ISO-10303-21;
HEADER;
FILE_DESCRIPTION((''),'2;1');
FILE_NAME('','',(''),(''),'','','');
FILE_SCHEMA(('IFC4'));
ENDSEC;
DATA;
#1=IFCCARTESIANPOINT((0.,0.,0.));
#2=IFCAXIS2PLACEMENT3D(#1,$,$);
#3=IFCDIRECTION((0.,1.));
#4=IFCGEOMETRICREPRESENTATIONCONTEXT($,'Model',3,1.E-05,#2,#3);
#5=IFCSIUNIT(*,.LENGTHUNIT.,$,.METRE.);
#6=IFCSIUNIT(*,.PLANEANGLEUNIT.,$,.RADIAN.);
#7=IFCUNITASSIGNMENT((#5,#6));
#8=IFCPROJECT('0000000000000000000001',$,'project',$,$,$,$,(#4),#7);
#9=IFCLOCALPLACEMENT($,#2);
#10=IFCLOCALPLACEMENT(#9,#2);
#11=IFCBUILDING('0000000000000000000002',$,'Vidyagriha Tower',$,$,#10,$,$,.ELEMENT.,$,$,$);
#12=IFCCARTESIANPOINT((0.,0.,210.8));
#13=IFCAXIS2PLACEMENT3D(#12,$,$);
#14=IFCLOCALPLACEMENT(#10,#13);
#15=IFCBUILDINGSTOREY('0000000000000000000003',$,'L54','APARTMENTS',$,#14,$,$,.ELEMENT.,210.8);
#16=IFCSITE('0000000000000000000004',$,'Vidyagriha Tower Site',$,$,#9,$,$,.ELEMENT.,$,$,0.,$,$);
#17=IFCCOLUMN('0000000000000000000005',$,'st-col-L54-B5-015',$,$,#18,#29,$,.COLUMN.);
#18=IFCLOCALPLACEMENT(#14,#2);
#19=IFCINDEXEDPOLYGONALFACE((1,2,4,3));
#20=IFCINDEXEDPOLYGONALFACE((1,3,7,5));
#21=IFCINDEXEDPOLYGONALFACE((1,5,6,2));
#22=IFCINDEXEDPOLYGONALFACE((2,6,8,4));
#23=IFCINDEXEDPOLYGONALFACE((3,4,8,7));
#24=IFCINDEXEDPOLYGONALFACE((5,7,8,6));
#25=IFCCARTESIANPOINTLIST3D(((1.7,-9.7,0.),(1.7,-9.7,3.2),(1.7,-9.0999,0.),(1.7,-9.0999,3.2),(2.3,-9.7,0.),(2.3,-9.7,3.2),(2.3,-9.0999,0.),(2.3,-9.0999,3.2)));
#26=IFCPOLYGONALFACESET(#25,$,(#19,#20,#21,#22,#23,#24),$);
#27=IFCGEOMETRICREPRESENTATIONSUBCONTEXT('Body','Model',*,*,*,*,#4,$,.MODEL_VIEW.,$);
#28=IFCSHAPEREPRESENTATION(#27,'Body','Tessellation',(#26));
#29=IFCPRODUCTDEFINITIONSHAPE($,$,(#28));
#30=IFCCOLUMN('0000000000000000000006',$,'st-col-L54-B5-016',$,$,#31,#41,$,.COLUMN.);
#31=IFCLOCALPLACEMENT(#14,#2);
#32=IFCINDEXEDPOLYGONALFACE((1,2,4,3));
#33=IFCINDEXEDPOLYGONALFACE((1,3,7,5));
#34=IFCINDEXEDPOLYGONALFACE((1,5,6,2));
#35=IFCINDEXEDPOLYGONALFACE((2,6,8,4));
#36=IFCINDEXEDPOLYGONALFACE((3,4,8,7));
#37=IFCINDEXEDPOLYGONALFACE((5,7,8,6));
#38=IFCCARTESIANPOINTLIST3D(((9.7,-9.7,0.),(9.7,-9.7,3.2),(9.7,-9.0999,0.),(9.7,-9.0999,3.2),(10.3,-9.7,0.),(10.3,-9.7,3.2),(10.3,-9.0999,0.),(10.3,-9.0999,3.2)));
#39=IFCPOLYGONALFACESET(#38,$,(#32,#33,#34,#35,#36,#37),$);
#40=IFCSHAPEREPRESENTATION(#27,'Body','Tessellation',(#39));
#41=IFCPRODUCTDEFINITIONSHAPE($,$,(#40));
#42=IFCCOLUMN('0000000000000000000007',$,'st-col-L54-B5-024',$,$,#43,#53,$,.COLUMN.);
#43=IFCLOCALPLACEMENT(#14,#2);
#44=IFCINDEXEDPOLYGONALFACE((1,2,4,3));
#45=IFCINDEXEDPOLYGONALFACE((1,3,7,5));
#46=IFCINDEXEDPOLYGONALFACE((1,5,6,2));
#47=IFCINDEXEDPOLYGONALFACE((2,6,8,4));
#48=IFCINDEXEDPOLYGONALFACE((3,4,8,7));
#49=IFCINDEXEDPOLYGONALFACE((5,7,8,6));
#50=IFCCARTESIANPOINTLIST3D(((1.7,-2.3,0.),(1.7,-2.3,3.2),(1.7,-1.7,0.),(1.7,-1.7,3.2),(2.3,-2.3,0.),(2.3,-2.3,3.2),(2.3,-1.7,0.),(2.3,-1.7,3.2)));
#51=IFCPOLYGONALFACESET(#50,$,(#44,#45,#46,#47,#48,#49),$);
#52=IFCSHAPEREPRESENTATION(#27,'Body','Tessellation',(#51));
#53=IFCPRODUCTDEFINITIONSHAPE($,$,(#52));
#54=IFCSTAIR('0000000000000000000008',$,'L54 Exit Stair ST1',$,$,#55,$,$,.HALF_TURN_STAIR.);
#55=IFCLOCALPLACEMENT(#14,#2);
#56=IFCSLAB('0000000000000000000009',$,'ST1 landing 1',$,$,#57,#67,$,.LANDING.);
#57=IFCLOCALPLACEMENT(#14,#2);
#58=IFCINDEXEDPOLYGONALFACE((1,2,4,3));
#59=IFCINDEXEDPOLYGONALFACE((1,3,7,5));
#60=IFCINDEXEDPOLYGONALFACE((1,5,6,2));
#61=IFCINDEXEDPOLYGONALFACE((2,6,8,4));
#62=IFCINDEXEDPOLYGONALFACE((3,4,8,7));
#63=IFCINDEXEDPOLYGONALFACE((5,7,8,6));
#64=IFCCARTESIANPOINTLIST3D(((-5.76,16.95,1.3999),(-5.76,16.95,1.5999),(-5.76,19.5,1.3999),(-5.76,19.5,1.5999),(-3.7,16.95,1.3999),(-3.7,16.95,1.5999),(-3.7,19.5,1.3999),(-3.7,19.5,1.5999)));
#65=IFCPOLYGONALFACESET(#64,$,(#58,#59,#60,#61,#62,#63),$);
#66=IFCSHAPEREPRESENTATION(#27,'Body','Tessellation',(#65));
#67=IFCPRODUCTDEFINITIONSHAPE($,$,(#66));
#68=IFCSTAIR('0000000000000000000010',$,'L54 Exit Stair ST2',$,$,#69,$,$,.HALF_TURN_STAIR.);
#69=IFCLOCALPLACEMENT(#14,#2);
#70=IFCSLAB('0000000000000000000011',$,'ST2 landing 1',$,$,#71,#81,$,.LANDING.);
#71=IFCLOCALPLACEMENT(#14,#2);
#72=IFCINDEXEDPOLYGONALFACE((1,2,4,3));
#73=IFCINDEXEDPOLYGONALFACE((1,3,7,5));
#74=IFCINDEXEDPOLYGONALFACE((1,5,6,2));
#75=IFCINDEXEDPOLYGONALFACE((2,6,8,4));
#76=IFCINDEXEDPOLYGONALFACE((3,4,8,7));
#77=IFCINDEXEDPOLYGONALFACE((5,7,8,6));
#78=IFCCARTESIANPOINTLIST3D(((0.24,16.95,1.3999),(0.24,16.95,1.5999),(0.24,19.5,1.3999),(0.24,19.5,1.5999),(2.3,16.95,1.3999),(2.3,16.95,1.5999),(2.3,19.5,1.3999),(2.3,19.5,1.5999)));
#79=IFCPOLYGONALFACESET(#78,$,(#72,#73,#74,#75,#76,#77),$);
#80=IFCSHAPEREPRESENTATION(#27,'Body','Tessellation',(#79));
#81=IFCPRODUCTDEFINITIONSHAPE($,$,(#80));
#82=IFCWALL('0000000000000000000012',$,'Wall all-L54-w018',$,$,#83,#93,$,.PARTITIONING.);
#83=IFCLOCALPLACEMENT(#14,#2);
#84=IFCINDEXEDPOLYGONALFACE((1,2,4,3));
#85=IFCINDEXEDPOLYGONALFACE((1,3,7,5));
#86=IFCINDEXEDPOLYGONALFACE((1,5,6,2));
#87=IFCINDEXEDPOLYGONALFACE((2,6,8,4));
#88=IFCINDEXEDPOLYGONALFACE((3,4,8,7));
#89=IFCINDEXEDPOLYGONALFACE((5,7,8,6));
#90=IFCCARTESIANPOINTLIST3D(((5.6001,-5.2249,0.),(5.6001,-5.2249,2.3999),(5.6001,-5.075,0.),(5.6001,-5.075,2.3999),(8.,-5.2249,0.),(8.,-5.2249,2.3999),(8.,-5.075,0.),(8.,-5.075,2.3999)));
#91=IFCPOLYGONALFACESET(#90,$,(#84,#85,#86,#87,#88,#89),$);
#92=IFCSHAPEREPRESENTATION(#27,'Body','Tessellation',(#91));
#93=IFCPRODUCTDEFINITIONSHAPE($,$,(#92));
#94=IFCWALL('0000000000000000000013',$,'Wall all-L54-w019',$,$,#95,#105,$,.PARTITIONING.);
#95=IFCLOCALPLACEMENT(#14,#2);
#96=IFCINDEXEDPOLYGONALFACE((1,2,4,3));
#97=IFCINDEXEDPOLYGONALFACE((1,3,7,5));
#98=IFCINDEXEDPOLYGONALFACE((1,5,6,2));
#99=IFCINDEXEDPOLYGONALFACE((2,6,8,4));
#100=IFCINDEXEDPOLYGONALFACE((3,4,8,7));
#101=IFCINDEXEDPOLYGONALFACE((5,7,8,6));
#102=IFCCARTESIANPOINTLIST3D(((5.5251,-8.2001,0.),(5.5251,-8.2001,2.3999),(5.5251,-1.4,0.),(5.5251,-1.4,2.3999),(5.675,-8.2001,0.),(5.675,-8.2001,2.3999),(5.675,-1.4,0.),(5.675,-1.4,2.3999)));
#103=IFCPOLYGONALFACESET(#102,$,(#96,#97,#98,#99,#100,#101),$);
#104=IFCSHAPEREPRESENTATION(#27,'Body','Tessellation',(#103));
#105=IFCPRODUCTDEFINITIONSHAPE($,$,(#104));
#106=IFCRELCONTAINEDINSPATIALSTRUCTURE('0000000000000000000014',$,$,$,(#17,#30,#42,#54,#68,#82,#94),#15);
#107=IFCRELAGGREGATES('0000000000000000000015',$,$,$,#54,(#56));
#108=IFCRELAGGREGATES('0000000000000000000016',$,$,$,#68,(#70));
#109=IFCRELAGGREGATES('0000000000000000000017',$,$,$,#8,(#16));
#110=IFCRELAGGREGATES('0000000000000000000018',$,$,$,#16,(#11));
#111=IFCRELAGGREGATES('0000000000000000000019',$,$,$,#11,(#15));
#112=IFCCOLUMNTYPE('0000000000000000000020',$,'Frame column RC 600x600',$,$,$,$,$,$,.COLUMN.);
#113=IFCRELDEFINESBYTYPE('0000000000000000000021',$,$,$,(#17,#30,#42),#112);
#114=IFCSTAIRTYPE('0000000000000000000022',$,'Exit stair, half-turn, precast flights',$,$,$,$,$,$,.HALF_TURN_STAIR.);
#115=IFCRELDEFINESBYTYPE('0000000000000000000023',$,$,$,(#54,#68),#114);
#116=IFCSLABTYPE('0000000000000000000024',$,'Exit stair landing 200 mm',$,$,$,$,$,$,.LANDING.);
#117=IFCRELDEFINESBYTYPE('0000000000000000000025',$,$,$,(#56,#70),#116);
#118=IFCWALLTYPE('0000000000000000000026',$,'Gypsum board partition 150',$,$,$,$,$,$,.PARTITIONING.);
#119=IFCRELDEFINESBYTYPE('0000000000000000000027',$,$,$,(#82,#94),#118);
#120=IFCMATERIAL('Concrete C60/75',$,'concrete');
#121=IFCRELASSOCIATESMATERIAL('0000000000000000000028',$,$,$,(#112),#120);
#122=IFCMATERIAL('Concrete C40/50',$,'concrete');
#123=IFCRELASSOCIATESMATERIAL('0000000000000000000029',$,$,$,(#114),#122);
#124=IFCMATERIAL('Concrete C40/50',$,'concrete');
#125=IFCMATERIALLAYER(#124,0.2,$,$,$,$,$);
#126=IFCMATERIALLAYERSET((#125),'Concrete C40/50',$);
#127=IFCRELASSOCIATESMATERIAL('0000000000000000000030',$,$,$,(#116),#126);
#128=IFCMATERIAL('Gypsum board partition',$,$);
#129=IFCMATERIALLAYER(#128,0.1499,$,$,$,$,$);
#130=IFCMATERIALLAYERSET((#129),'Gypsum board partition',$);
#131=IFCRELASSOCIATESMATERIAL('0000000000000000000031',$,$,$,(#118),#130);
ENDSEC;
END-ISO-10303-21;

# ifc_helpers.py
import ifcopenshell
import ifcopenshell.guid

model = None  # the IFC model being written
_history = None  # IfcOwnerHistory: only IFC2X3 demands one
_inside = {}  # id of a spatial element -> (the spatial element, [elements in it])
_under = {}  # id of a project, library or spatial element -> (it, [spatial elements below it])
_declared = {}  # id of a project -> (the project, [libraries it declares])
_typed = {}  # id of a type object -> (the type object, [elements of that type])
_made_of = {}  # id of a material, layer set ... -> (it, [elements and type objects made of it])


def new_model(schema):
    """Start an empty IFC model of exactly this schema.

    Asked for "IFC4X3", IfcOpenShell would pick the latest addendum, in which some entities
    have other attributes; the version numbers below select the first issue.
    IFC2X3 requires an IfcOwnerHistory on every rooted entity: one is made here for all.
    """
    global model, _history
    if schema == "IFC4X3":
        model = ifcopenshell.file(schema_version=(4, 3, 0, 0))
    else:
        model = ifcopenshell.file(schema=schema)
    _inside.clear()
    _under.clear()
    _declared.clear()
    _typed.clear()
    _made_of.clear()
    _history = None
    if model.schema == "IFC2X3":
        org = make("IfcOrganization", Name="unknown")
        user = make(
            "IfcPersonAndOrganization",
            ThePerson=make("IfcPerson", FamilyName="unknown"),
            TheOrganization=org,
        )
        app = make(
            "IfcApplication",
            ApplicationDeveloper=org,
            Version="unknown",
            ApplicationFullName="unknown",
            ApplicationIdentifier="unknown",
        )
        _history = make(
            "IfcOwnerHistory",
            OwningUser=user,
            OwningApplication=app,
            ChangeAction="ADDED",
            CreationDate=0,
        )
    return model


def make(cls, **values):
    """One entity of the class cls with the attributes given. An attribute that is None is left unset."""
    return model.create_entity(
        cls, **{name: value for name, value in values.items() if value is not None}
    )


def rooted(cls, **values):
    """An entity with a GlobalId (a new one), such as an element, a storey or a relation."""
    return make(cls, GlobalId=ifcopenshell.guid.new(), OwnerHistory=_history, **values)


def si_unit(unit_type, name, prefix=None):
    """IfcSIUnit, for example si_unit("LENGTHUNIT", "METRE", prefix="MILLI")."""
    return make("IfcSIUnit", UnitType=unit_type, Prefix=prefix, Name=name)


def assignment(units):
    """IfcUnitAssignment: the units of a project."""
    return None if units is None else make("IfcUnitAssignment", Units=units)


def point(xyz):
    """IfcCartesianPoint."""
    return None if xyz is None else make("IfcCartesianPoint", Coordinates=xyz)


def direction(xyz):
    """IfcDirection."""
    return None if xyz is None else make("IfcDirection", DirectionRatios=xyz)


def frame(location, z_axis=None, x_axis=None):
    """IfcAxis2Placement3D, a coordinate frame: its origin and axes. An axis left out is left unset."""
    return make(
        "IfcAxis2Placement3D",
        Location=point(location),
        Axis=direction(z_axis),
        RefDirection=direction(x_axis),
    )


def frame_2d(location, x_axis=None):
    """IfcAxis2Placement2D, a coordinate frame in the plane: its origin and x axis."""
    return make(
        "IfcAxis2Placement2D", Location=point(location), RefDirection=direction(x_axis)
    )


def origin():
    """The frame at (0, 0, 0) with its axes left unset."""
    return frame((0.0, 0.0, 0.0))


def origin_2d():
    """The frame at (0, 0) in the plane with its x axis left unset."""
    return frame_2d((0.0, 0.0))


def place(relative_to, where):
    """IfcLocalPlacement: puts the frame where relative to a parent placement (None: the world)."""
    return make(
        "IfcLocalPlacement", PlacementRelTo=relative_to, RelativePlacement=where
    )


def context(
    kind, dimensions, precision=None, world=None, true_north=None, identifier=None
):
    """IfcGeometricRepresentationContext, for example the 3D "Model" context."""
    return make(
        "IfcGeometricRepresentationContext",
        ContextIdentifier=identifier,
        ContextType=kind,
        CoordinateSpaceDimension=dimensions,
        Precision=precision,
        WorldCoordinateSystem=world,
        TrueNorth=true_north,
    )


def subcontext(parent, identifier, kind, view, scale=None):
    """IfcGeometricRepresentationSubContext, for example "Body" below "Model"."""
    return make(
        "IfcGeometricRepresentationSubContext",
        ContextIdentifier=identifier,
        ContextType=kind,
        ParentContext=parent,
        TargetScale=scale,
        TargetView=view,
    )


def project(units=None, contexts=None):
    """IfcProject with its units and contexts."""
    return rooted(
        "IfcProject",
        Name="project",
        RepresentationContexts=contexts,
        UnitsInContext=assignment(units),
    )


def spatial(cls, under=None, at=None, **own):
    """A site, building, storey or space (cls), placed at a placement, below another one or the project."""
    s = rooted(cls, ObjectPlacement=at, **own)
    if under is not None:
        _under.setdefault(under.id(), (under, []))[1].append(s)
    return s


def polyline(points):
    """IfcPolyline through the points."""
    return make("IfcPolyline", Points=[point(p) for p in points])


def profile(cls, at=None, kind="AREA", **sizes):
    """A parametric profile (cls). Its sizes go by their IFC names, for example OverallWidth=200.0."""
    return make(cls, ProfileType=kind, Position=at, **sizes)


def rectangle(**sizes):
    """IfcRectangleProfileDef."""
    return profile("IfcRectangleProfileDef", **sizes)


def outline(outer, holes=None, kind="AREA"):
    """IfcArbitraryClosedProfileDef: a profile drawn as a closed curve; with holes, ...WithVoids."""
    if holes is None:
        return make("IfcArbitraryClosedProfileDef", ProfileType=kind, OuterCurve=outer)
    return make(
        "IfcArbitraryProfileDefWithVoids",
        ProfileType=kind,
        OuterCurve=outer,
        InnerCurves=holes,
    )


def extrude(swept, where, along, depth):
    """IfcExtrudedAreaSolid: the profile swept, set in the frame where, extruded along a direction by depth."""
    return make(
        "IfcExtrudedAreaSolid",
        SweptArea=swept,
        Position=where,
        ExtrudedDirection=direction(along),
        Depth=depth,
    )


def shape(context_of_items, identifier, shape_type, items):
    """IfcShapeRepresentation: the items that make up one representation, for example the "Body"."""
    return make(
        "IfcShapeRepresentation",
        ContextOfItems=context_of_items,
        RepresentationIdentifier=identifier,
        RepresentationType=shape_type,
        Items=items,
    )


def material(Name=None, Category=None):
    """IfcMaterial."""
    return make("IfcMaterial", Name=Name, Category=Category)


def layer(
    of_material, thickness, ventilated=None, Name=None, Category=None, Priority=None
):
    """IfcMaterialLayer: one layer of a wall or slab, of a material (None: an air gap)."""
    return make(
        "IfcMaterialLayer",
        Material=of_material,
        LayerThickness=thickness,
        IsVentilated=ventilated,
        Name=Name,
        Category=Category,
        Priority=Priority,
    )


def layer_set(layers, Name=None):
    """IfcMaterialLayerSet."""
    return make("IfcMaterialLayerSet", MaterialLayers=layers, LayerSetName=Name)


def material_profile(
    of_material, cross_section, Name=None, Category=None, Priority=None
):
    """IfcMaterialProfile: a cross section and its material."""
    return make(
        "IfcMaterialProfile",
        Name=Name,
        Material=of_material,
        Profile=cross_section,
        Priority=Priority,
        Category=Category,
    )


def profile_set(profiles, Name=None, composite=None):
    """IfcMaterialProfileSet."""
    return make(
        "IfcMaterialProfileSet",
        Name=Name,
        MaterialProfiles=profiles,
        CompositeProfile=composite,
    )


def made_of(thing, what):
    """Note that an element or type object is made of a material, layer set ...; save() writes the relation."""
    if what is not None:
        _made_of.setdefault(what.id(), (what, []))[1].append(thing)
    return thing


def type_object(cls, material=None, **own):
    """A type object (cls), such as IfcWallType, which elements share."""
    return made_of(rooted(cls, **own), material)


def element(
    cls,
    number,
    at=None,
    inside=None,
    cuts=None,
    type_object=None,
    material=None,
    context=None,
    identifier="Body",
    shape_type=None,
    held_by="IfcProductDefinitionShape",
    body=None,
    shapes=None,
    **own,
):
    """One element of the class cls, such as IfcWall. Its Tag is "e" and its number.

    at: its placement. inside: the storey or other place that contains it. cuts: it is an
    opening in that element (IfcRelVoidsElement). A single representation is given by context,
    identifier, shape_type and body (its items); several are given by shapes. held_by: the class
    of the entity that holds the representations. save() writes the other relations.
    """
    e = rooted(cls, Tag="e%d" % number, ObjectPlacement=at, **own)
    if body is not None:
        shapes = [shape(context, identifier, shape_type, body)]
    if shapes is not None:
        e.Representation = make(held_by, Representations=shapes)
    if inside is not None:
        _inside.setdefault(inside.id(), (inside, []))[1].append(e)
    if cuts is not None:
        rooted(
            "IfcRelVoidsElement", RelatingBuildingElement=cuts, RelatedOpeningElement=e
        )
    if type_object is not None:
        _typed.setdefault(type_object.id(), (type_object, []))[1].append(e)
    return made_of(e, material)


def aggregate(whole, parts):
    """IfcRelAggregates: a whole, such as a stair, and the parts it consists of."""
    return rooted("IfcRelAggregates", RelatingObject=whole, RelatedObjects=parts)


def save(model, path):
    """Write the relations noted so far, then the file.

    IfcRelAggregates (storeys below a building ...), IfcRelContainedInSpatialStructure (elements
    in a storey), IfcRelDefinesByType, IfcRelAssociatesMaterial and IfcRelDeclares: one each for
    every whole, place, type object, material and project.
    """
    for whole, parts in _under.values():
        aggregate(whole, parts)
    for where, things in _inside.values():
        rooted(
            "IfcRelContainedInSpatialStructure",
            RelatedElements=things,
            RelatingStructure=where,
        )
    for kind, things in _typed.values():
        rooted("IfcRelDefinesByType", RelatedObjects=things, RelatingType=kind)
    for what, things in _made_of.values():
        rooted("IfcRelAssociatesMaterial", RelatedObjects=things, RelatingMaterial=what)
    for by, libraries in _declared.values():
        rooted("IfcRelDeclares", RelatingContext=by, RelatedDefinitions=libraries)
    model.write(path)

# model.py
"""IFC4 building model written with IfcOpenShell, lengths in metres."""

from ifc_helpers import new_model, si_unit, direction, frame, frame_2d, origin, origin_2d, place, context, subcontext, project, spatial, polyline, rectangle, outline, extrude, material, layer, layer_set, material_profile, profile_set, type_object, element, aggregate, save


model = new_model("IFC4")

# Units and contexts
model_context = context("Model", 3, precision=1e-05, world=origin(), true_north=direction((0.0, 1.0)))
body_context = subcontext(model_context, "Body", "Model", "MODEL_VIEW")
ifc_project = project(units=[si_unit("LENGTHUNIT", "METRE"), si_unit("PLANEANGLEUNIT", "RADIAN")], contexts=[model_context])

# Site, building, storey
site_placement = place(None, origin())
site = spatial("IfcSite", under=ifc_project, at=site_placement, Name="Vidyagriha Tower Site", CompositionType="ELEMENT", RefElevation=0.0)
building_placement = place(site_placement, origin())
building = spatial("IfcBuilding", under=site, at=building_placement, Name="Vidyagriha Tower", CompositionType="ELEMENT")
storey_placement = place(building_placement, frame((0.0, 0.0, 210.8)))
storey = spatial("IfcBuildingStorey", under=building, at=storey_placement, Name="L54", Description="APARTMENTS", CompositionType="ELEMENT", Elevation=210.8)

# Columns
ifc_material_1 = material(Name="Concrete C60/75", Category="concrete")
ifc_material_profile = material_profile(ifc_material_1, rectangle(XDim=0.6001, YDim=0.6001, at=origin_2d()), Name="RC 600x600")
ifc_profile_set = profile_set([ifc_material_profile], Name="Concrete C60/75")
column_type = type_object("IfcColumnType", Name="Frame column RC 600x600", PredefinedType="COLUMN", material=ifc_profile_set)
for number, where, name in (
    (1, (2.0, -9.3999, 0.0), "st-col-L54-B5-015"),
    (2, (10.0, -9.3999, 0.0), "st-col-L54-B5-016"),
    (3, (2.0, -2.0, 0.0), "st-col-L54-B5-024"),
):
    element("IfcColumn", number, at=place(storey_placement, frame(where)), inside=storey, type_object=column_type, Name=name, PredefinedType="COLUMN", context=body_context, shape_type="SweptSolid", body=[
        extrude(rectangle(XDim=0.6001, YDim=0.6001, at=origin_2d()), origin(), (0.0, 0.0, 1.0), 3.2),
    ])

# Stairs, slabs
ifc_material_2 = material(Name="Concrete C40/50", Category="concrete")
stair_type = type_object("IfcStairType", Name="Exit stair, half-turn, precast flights", PredefinedType="HALF_TURN_STAIR", material=ifc_material_2)
stair_1_placement = place(storey_placement, origin())
stair_1 = element("IfcStair", 4, at=stair_1_placement, inside=storey, type_object=stair_type, Name="L54 Exit Stair ST1", PredefinedType="HALF_TURN_STAIR")
ifc_material_3 = material(Name="Concrete C40/50", Category="concrete")
ifc_layer_1 = layer(ifc_material_3, 0.2)
ifc_layer_set_1 = layer_set([ifc_layer_1], Name="Concrete C40/50")
slab_type = type_object("IfcSlabType", Name="Exit stair landing 200 mm", PredefinedType="LANDING", material=ifc_layer_set_1)
slab_1_placement = place(storey_placement, frame((0.0, 0.0, 1.3999)))
slab_1 = element("IfcSlab", 5, at=slab_1_placement, type_object=slab_type, Name="ST1 landing 1", PredefinedType="LANDING", context=body_context, shape_type="SweptSolid", body=[
    extrude(outline(polyline([(-5.76, 16.95), (-3.7, 16.95), (-3.7, 19.5), (-5.76, 19.5), (-5.76, 16.95)])), origin(), (0.0, 0.0, 1.0), 0.2),
])
aggregate(stair_1, [slab_1])
stair_2_placement = place(storey_placement, origin())
stair_2 = element("IfcStair", 6, at=stair_2_placement, inside=storey, type_object=stair_type, Name="L54 Exit Stair ST2", PredefinedType="HALF_TURN_STAIR")
slab_2_placement = place(storey_placement, frame((0.0, 0.0, 1.3999)))
slab_2 = element("IfcSlab", 7, at=slab_2_placement, type_object=slab_type, Name="ST2 landing 1", PredefinedType="LANDING", context=body_context, shape_type="SweptSolid", body=[
    extrude(outline(polyline([(0.24, 16.95), (2.3, 16.95), (2.3, 19.5), (0.24, 19.5), (0.24, 16.95)])), origin(), (0.0, 0.0, 1.0), 0.2),
])
aggregate(stair_2, [slab_2])

# Walls
ifc_material_4 = material(Name="Gypsum board partition")
ifc_layer_2 = layer(ifc_material_4, 0.1499)
ifc_layer_set_2 = layer_set([ifc_layer_2], Name="Gypsum board partition")
wall_type_1 = type_object("IfcWallType", Name="Gypsum board partition 150", PredefinedType="PARTITIONING", material=ifc_layer_set_2)
wall_1_placement = place(storey_placement, frame((8.0, -5.1499, 0.0), z_axis=(0.0, 0.0, 1.0), x_axis=(-1.0, 0.0, 0.0)))
element("IfcWall", 8, at=wall_1_placement, inside=storey, type_object=wall_type_1, Name="Wall all-L54-w018", PredefinedType="PARTITIONING", context=body_context, shape_type="SweptSolid", body=[
    extrude(rectangle(XDim=2.3999, YDim=0.1499, at=frame_2d((1.2, 0.0))), origin(), (0.0, 0.0, 1.0), 2.3999),
])
wall_2_placement = place(storey_placement, frame((5.6001, -8.2, 0.0), z_axis=(0.0, 0.0, 1.0), x_axis=(0.0, 1.0, 0.0)))
element("IfcWall", 9, at=wall_2_placement, inside=storey, type_object=wall_type_1, Name="Wall all-L54-w019", PredefinedType="PARTITIONING", context=body_context, shape_type="SweptSolid", body=[
    extrude(rectangle(XDim=6.8, YDim=0.1499, at=frame_2d((3.3999, 0.0))), origin(), (0.0, 0.0, 1.0), 2.3999),
])

save(model, "model.ifc")
